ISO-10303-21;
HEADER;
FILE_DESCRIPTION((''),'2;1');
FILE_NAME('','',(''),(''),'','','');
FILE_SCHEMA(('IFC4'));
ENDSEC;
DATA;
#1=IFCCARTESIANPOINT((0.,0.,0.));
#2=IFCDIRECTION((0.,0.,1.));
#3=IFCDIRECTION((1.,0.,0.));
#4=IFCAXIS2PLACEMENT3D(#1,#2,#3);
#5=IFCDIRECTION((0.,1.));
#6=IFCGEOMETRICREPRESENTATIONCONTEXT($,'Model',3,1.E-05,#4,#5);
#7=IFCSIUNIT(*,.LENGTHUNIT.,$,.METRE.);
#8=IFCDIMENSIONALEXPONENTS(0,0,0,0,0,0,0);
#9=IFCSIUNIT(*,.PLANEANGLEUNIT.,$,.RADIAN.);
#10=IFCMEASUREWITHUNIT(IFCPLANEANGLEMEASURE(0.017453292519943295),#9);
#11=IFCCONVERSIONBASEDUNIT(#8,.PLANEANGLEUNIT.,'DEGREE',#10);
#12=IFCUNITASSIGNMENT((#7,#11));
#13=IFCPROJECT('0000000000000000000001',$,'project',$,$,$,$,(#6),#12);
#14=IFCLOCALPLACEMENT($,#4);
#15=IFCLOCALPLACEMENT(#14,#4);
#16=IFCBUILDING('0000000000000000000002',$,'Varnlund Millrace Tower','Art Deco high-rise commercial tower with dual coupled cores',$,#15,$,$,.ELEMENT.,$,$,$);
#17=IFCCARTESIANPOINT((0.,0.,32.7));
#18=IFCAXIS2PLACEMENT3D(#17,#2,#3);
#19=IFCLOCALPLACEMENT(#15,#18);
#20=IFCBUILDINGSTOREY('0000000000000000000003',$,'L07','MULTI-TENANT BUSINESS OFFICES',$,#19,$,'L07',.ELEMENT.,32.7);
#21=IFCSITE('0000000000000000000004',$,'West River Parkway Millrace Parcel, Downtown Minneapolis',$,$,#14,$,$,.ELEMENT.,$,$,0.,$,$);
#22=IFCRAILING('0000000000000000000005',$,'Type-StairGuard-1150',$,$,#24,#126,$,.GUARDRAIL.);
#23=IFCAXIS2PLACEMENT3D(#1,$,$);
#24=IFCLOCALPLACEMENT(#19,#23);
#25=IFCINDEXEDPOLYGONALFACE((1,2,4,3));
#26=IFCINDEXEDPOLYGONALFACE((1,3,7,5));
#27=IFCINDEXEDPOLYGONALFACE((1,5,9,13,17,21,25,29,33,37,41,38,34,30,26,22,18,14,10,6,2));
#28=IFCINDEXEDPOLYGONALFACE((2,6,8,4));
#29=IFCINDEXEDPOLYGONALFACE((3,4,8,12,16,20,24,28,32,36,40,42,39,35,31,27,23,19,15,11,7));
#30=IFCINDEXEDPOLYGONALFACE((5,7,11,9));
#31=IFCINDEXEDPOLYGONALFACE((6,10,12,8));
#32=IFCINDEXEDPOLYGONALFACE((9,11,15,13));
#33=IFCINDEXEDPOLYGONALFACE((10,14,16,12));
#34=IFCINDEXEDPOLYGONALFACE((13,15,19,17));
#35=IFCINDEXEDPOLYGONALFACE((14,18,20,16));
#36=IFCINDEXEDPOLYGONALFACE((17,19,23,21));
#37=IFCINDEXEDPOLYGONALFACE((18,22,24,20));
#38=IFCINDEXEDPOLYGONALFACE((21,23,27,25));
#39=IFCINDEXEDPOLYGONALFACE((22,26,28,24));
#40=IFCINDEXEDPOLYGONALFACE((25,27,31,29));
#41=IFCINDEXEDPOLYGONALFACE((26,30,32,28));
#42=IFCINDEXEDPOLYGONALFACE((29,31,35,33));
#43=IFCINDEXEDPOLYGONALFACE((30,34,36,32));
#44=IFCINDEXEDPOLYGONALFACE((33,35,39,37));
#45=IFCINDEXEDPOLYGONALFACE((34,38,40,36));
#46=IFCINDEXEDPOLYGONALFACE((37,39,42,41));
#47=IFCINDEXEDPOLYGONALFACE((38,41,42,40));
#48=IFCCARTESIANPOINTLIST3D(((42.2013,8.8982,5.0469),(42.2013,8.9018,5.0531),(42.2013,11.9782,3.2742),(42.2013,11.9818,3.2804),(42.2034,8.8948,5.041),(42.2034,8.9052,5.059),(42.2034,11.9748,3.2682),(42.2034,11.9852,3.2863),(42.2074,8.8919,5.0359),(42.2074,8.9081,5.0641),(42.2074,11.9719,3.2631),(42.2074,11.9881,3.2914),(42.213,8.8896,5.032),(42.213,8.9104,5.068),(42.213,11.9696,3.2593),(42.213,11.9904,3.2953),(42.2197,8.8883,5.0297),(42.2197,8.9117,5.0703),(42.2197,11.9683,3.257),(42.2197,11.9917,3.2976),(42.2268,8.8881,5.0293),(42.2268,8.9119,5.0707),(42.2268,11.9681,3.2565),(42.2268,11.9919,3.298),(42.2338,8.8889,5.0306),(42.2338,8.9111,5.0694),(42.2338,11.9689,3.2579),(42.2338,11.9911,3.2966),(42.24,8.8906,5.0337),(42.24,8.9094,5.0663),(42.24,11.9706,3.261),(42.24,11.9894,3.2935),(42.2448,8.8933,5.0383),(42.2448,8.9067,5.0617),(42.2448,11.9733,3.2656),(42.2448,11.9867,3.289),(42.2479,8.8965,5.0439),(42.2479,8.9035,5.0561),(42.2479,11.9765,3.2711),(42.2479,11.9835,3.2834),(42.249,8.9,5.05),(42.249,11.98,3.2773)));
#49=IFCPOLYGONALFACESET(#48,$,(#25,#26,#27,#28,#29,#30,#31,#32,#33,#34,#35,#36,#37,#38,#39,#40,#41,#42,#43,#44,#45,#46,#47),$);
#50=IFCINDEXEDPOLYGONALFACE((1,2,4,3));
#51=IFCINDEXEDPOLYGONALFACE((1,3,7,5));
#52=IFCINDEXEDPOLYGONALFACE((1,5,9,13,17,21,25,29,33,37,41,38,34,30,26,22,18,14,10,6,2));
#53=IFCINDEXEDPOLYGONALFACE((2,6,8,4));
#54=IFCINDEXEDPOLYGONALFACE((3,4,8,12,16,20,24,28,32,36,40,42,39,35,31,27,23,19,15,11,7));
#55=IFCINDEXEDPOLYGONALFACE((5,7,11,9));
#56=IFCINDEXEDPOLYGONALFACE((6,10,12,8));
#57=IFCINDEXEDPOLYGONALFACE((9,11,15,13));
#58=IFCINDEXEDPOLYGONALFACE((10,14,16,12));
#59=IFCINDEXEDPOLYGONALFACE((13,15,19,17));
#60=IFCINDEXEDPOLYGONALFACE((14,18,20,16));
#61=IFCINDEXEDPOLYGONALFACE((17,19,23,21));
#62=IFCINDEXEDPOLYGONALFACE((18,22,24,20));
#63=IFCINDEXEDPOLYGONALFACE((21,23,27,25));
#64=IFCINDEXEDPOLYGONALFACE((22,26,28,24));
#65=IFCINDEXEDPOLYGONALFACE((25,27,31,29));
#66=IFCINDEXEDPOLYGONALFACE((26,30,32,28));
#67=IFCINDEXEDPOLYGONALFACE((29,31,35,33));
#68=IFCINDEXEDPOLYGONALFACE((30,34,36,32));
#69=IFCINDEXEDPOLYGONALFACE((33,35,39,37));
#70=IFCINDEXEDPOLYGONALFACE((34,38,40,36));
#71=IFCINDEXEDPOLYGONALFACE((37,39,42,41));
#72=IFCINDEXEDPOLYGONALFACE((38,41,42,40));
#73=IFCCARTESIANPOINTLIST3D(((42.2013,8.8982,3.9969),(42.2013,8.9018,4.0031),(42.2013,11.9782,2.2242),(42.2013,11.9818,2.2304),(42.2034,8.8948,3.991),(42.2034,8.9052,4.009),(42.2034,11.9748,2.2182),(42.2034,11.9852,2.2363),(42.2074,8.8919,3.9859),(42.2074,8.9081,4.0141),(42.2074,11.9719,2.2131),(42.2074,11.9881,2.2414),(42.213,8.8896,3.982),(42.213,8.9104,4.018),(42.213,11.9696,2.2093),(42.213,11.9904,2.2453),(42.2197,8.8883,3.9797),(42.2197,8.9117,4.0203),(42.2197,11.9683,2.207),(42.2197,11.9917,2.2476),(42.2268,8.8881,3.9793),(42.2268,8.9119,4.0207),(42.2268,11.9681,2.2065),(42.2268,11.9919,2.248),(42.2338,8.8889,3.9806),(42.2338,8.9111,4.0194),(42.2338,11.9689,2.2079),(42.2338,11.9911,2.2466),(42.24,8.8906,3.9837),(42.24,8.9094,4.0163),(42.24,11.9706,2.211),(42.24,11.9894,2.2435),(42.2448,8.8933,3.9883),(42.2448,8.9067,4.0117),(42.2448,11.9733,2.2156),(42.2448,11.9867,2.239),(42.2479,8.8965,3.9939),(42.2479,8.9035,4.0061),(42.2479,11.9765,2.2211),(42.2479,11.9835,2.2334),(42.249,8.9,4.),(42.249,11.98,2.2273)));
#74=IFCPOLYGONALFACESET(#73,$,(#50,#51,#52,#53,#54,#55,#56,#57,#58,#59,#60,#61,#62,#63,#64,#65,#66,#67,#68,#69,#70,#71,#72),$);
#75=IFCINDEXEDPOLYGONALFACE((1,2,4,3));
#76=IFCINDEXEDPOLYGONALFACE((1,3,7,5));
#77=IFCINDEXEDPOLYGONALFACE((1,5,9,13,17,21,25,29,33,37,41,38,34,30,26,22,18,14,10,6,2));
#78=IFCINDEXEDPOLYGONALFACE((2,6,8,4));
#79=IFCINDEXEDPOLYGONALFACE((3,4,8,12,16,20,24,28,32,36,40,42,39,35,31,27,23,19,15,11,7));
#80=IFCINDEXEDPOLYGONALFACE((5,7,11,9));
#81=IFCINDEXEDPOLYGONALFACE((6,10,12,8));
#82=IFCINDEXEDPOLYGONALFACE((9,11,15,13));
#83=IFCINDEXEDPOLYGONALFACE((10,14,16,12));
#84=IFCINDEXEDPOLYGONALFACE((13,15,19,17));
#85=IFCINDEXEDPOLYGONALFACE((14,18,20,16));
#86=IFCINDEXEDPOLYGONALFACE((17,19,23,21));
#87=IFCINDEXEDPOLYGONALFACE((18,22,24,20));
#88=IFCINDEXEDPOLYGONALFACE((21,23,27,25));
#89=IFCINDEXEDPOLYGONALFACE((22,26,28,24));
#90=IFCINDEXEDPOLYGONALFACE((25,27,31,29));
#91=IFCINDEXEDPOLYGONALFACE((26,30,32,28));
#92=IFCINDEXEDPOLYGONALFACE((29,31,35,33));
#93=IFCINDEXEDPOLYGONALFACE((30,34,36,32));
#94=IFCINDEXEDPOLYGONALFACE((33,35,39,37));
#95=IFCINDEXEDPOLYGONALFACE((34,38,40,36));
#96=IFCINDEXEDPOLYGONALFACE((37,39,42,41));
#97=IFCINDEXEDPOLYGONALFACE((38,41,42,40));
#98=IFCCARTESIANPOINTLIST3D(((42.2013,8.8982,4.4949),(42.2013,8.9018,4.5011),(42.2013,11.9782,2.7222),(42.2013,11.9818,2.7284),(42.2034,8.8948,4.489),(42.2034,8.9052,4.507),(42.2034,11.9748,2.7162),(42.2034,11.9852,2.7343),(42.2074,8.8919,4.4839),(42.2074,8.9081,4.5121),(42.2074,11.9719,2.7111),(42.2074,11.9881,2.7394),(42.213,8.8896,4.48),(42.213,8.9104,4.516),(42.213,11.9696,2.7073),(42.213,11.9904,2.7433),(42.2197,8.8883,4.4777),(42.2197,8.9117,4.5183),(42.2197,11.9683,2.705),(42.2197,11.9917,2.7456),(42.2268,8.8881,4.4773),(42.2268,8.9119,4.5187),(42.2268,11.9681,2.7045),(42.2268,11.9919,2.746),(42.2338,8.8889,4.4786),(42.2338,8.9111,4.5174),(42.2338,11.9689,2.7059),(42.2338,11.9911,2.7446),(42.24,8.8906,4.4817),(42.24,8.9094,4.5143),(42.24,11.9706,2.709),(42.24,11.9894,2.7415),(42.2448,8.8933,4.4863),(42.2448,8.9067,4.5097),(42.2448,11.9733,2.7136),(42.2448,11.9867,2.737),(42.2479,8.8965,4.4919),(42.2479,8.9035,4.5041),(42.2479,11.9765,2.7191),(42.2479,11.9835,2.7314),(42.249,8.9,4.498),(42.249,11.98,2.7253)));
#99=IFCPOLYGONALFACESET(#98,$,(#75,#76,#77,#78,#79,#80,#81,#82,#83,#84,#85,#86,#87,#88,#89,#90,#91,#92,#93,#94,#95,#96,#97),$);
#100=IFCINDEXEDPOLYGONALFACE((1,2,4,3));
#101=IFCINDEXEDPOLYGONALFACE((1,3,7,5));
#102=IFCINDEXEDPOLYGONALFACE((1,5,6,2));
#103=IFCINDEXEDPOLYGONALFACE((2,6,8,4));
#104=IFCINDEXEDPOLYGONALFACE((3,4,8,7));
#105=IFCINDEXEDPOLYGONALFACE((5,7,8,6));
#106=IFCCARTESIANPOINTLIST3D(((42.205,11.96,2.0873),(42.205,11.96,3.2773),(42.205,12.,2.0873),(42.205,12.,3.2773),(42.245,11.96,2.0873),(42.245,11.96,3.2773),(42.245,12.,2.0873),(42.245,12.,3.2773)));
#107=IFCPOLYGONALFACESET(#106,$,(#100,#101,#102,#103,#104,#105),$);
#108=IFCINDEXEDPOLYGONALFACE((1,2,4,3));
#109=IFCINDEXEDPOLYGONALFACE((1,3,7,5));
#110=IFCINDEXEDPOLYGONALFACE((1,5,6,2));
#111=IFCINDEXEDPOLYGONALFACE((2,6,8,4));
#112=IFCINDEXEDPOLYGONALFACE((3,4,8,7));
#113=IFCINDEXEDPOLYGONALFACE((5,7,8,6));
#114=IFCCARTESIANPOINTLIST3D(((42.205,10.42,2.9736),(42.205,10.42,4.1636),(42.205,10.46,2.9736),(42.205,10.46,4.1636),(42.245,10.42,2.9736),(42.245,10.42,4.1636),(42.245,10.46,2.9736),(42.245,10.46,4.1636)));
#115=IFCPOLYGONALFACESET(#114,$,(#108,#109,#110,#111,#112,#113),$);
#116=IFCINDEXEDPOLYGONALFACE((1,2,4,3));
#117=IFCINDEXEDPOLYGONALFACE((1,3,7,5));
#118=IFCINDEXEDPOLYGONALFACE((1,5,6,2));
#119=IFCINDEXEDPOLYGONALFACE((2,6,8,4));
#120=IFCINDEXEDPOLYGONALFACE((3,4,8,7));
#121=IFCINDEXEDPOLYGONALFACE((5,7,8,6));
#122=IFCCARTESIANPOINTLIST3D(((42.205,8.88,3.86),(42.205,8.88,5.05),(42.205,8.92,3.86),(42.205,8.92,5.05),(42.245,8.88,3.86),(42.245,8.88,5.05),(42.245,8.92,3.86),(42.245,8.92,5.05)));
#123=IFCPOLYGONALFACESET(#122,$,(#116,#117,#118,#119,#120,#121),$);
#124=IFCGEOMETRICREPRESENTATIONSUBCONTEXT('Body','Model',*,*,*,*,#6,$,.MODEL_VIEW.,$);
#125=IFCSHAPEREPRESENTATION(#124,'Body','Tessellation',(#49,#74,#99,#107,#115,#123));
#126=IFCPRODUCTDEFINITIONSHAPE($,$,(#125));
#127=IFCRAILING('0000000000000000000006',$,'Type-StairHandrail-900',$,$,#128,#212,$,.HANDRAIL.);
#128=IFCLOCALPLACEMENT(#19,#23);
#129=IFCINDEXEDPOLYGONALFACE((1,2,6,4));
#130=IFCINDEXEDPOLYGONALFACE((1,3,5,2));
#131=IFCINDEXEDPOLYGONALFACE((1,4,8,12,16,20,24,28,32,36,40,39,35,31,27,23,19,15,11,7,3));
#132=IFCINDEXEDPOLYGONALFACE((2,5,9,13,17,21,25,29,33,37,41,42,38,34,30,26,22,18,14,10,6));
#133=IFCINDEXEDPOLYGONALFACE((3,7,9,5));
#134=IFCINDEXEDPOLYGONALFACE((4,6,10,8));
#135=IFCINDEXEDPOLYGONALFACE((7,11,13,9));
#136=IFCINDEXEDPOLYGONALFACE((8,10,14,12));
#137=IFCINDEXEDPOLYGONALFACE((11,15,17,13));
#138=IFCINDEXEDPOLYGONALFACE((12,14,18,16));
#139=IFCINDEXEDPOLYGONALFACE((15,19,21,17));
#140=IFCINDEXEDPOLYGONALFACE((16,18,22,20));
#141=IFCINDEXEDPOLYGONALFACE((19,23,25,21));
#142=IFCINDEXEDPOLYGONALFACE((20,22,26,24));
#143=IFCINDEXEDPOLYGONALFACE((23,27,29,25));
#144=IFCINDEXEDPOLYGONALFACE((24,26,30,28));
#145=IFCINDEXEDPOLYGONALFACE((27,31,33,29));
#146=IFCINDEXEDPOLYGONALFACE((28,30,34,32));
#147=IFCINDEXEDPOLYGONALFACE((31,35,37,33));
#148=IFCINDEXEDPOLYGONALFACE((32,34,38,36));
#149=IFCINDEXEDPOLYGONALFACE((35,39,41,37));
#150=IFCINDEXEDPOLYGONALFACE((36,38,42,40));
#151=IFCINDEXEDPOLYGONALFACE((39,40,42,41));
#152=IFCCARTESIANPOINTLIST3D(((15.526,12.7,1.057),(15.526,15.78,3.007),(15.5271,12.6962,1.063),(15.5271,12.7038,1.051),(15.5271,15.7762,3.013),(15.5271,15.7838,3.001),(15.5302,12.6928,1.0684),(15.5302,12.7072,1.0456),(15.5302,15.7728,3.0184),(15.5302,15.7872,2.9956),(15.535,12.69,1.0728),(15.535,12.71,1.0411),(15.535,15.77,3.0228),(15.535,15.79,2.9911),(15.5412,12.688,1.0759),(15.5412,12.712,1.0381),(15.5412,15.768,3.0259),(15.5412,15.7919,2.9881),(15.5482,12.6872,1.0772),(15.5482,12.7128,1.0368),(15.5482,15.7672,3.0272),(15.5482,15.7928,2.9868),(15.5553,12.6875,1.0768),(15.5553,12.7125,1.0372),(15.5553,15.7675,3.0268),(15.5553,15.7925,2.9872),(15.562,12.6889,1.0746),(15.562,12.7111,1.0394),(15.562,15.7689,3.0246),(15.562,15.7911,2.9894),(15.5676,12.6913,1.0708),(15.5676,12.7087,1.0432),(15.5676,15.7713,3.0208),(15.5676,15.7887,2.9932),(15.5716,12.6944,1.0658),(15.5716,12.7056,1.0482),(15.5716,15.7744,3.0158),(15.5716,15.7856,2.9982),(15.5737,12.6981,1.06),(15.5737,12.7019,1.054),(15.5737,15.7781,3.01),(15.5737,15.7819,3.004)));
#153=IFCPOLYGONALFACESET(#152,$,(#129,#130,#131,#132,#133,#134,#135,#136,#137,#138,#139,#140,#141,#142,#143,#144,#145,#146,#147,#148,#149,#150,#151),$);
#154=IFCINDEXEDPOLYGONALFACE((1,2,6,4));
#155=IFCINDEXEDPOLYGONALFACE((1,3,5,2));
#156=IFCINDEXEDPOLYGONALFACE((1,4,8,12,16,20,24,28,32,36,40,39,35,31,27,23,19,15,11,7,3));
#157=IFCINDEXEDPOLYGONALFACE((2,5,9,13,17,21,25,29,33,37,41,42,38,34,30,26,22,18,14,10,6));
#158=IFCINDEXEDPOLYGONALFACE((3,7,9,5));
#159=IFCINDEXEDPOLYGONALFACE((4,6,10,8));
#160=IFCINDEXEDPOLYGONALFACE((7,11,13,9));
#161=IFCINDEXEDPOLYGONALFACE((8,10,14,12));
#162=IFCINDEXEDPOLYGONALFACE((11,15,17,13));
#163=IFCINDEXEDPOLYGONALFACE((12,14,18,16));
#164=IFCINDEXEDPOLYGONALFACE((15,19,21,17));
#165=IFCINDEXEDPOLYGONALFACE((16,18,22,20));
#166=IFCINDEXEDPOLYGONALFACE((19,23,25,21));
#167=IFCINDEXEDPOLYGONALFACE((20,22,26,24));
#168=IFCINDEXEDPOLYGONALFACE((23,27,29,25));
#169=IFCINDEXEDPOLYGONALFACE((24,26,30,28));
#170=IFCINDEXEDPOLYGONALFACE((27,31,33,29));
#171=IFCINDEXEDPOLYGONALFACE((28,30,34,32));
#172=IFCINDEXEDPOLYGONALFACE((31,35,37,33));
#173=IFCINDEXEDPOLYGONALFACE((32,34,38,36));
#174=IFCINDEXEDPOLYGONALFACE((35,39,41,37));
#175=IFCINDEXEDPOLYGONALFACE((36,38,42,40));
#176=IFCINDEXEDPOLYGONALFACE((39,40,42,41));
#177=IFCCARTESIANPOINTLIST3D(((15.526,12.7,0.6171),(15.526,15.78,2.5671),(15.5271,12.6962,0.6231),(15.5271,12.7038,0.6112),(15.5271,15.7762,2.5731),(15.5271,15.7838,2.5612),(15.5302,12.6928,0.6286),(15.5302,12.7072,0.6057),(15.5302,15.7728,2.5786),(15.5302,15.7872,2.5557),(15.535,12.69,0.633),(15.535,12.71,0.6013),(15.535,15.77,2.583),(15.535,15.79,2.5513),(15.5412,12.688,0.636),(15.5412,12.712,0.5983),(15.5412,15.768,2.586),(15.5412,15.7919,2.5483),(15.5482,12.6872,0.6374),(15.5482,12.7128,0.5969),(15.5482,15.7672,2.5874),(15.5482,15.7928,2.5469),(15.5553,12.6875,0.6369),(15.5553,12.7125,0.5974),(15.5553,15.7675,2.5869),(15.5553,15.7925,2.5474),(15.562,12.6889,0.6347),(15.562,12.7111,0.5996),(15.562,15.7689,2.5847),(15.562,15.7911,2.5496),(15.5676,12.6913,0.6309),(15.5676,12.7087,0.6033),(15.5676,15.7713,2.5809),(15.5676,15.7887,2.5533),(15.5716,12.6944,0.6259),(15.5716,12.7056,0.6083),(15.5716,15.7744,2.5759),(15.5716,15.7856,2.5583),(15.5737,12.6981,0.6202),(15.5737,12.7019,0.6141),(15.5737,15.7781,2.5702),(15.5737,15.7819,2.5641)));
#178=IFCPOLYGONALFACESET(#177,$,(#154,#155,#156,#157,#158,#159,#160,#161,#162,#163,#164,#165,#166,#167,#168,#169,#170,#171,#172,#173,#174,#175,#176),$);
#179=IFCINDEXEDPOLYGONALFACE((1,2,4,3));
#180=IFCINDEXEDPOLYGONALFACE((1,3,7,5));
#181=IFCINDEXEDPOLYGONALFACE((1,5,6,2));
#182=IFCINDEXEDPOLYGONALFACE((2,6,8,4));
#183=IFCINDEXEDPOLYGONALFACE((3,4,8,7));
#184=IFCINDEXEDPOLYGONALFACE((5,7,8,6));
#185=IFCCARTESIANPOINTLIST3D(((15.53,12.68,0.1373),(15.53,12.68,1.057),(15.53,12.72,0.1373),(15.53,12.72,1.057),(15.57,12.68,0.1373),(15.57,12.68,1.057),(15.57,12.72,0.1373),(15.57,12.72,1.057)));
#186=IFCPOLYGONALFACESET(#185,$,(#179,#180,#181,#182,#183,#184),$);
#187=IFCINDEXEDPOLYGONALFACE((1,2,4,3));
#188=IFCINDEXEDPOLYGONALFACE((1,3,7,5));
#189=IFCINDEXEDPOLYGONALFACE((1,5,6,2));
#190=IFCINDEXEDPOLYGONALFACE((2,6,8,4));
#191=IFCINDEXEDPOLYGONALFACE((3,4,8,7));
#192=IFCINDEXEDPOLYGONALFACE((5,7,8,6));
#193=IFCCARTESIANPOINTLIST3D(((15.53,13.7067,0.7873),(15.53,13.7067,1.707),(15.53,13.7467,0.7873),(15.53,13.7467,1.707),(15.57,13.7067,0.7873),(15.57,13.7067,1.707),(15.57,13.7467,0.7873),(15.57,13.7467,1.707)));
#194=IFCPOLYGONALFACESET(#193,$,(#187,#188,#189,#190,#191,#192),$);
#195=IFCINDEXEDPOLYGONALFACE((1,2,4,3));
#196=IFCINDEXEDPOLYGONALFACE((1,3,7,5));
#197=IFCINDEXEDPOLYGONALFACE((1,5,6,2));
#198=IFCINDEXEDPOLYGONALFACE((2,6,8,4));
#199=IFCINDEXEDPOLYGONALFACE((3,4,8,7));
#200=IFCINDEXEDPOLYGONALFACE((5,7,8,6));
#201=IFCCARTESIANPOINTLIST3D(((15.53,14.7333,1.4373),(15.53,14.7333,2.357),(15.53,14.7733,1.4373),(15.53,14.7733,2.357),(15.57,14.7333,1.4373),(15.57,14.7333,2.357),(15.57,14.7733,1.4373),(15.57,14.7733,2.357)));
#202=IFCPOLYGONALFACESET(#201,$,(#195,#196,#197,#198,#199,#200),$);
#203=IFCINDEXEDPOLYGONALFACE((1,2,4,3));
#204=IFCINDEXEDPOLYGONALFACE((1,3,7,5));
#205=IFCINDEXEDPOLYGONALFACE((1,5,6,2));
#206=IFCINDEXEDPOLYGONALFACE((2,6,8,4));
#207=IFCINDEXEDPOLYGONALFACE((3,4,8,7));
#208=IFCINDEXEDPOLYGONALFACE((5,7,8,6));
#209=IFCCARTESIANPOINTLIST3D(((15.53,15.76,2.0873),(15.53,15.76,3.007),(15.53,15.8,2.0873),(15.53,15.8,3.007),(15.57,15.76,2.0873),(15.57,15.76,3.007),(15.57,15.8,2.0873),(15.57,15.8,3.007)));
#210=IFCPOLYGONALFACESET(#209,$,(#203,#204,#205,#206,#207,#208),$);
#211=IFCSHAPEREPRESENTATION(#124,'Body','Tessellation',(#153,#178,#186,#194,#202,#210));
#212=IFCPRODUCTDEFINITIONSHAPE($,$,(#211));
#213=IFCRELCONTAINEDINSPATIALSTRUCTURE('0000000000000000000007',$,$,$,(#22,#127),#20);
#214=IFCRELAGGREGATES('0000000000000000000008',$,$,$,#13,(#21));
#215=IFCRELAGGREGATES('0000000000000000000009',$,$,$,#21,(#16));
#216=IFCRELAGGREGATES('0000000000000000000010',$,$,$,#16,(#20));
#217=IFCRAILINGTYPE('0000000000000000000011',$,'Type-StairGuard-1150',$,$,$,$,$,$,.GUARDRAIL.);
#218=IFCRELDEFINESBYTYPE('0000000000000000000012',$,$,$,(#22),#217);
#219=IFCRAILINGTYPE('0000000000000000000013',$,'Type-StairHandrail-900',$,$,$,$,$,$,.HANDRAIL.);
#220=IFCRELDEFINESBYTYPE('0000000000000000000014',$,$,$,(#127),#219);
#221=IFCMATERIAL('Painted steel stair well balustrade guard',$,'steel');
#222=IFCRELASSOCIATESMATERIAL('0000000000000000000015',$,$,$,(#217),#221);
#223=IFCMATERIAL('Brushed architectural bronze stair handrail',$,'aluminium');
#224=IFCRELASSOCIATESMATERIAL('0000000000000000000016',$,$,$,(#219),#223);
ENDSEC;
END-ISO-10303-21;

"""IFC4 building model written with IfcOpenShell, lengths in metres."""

from ifc_helpers import new_model, entity, si_unit, converted_unit, direction, frame, origin_with_axes, origin_2d_with_axis, place, context, subcontext, project, spatial, rectangle, circle, extrude, material, type_object, element, save


model = new_model("IFC4")

# Units and contexts
model_context = context("Model", 3, precision=1e-05, world=origin_with_axes(), true_north=direction((0.0, 1.0)))
body_context = subcontext(model_context, "Body", "Model", "MODEL_VIEW")
ifc_project = project(units=[si_unit("LENGTHUNIT", "METRE"), converted_unit("PLANEANGLEUNIT", "DEGREE", entity("IfcPlaneAngleMeasure", 0.017453292519943295), si_unit("PLANEANGLEUNIT", "RADIAN"), dimensions=[0, 0, 0, 0, 0, 0, 0])], contexts=[model_context])

# Site, building, storey
site_placement = place(None, origin_with_axes())
site = spatial("IfcSite", under=ifc_project, at=site_placement, Name="West River Parkway Millrace Parcel, Downtown Minneapolis", CompositionType="ELEMENT", RefElevation=0.0)
building_placement = place(site_placement, origin_with_axes())
building = spatial("IfcBuilding", under=site, at=building_placement, Name="Varnlund Millrace Tower", Description="Art Deco high-rise commercial tower with dual coupled cores", CompositionType="ELEMENT")
storey_placement = place(building_placement, frame((0.0, 0.0, 32.7), z_axis=(0.0, 0.0, 1.0), x_axis=(1.0, 0.0, 0.0)))
storey = spatial("IfcBuildingStorey", under=building, at=storey_placement, Name="L07", Description="MULTI-TENANT BUSINESS OFFICES", LongName="L07", CompositionType="ELEMENT", Elevation=32.7)

# Railings
ifc_material_1 = material(Name="Painted steel stair well balustrade guard", Category="steel")
railing_type_1 = type_object("IfcRailingType", Name="Type-StairGuard-1150", PredefinedType="GUARDRAIL", material=ifc_material_1)
railing_1_placement = place(storey_placement, frame((0.0, 0.0, -32.7), z_axis=(0.0, 0.0, 1.0), x_axis=(1.0, 0.0, 0.0)))
element("IfcRailing", 1, at=railing_1_placement, inside=storey, type_object=railing_type_1, Name="Type-StairGuard-1150", PredefinedType="GUARDRAIL", context=body_context, shape_type="SweptSolid", body=[
    extrude(circle(Radius=0.024, at=origin_2d_with_axis()), frame((42.225, 11.98, 35.9773), z_axis=(0.0, -0.866696, 0.498836), x_axis=(1.0, 0.0, 0.0)), (0.0, 0.0, 1.0), 3.5537),
    extrude(circle(Radius=0.024, at=origin_2d_with_axis()), frame((42.225, 11.98, 34.9273), z_axis=(0.0, -0.866696, 0.498836), x_axis=(1.0, 0.0, 0.0)), (0.0, 0.0, 1.0), 3.5537),
    extrude(circle(Radius=0.024, at=origin_2d_with_axis()), frame((42.225, 11.98, 35.4253), z_axis=(0.0, -0.866696, 0.498836), x_axis=(1.0, 0.0, 0.0)), (0.0, 0.0, 1.0), 3.5537),
    extrude(rectangle(XDim=0.04, YDim=0.04, at=origin_2d_with_axis()), frame((42.225, 11.98, 34.7873), z_axis=(0.0, 0.0, 1.0), x_axis=(1.0, 0.0, 0.0)), (0.0, 0.0, 1.0), 1.19),
    extrude(rectangle(XDim=0.04, YDim=0.04, at=origin_2d_with_axis()), frame((42.225, 10.44, 35.6736), z_axis=(0.0, 0.0, 1.0), x_axis=(1.0, 0.0, 0.0)), (0.0, 0.0, 1.0), 1.19),
    extrude(rectangle(XDim=0.04, YDim=0.04, at=origin_2d_with_axis()), frame((42.225, 8.9, 36.56), z_axis=(0.0, 0.0, 1.0), x_axis=(1.0, 0.0, 0.0)), (0.0, 0.0, 1.0), 1.19),
])
ifc_material_2 = material(Name="Brushed architectural bronze stair handrail", Category="aluminium")
railing_type_2 = type_object("IfcRailingType", Name="Type-StairHandrail-900", PredefinedType="HANDRAIL", material=ifc_material_2)
railing_2_placement = place(storey_placement, frame((0.0, 0.0, -32.7), z_axis=(0.0, 0.0, 1.0), x_axis=(1.0, 0.0, 0.0)))
element("IfcRailing", 2, at=railing_2_placement, inside=storey, type_object=railing_type_2, Name="Type-StairHandrail-900", PredefinedType="HANDRAIL", context=body_context, shape_type="SweptSolid", body=[
    extrude(circle(Radius=0.024, at=origin_2d_with_axis()), frame((15.55, 12.7, 33.757), z_axis=(0.0, 0.844902, 0.534922), x_axis=(-1.0, 0.0, 0.0)), (0.0, 0.0, 1.0), 3.6454),
    extrude(circle(Radius=0.024, at=origin_2d_with_axis()), frame((15.55, 12.7, 33.3171), z_axis=(0.0, 0.844902, 0.534922), x_axis=(-1.0, 0.0, 0.0)), (0.0, 0.0, 1.0), 3.6454),
    extrude(rectangle(XDim=0.04, YDim=0.04, at=origin_2d_with_axis()), frame((15.55, 12.7, 32.8373), z_axis=(0.0, 0.0, 1.0), x_axis=(1.0, 0.0, 0.0)), (0.0, 0.0, 1.0), 0.9197),
    extrude(rectangle(XDim=0.04, YDim=0.04, at=origin_2d_with_axis()), frame((15.55, 13.7267, 33.4873), z_axis=(0.0, 0.0, 1.0), x_axis=(1.0, 0.0, 0.0)), (0.0, 0.0, 1.0), 0.9197),
    extrude(rectangle(XDim=0.04, YDim=0.04, at=origin_2d_with_axis()), frame((15.55, 14.7533, 34.1373), z_axis=(0.0, 0.0, 1.0), x_axis=(1.0, 0.0, 0.0)), (0.0, 0.0, 1.0), 0.9197),
    extrude(rectangle(XDim=0.04, YDim=0.04, at=origin_2d_with_axis()), frame((15.55, 15.78, 34.7873), z_axis=(0.0, 0.0, 1.0), x_axis=(1.0, 0.0, 0.0)), (0.0, 0.0, 1.0), 0.9197),
])

save(model, "model.ifc")
